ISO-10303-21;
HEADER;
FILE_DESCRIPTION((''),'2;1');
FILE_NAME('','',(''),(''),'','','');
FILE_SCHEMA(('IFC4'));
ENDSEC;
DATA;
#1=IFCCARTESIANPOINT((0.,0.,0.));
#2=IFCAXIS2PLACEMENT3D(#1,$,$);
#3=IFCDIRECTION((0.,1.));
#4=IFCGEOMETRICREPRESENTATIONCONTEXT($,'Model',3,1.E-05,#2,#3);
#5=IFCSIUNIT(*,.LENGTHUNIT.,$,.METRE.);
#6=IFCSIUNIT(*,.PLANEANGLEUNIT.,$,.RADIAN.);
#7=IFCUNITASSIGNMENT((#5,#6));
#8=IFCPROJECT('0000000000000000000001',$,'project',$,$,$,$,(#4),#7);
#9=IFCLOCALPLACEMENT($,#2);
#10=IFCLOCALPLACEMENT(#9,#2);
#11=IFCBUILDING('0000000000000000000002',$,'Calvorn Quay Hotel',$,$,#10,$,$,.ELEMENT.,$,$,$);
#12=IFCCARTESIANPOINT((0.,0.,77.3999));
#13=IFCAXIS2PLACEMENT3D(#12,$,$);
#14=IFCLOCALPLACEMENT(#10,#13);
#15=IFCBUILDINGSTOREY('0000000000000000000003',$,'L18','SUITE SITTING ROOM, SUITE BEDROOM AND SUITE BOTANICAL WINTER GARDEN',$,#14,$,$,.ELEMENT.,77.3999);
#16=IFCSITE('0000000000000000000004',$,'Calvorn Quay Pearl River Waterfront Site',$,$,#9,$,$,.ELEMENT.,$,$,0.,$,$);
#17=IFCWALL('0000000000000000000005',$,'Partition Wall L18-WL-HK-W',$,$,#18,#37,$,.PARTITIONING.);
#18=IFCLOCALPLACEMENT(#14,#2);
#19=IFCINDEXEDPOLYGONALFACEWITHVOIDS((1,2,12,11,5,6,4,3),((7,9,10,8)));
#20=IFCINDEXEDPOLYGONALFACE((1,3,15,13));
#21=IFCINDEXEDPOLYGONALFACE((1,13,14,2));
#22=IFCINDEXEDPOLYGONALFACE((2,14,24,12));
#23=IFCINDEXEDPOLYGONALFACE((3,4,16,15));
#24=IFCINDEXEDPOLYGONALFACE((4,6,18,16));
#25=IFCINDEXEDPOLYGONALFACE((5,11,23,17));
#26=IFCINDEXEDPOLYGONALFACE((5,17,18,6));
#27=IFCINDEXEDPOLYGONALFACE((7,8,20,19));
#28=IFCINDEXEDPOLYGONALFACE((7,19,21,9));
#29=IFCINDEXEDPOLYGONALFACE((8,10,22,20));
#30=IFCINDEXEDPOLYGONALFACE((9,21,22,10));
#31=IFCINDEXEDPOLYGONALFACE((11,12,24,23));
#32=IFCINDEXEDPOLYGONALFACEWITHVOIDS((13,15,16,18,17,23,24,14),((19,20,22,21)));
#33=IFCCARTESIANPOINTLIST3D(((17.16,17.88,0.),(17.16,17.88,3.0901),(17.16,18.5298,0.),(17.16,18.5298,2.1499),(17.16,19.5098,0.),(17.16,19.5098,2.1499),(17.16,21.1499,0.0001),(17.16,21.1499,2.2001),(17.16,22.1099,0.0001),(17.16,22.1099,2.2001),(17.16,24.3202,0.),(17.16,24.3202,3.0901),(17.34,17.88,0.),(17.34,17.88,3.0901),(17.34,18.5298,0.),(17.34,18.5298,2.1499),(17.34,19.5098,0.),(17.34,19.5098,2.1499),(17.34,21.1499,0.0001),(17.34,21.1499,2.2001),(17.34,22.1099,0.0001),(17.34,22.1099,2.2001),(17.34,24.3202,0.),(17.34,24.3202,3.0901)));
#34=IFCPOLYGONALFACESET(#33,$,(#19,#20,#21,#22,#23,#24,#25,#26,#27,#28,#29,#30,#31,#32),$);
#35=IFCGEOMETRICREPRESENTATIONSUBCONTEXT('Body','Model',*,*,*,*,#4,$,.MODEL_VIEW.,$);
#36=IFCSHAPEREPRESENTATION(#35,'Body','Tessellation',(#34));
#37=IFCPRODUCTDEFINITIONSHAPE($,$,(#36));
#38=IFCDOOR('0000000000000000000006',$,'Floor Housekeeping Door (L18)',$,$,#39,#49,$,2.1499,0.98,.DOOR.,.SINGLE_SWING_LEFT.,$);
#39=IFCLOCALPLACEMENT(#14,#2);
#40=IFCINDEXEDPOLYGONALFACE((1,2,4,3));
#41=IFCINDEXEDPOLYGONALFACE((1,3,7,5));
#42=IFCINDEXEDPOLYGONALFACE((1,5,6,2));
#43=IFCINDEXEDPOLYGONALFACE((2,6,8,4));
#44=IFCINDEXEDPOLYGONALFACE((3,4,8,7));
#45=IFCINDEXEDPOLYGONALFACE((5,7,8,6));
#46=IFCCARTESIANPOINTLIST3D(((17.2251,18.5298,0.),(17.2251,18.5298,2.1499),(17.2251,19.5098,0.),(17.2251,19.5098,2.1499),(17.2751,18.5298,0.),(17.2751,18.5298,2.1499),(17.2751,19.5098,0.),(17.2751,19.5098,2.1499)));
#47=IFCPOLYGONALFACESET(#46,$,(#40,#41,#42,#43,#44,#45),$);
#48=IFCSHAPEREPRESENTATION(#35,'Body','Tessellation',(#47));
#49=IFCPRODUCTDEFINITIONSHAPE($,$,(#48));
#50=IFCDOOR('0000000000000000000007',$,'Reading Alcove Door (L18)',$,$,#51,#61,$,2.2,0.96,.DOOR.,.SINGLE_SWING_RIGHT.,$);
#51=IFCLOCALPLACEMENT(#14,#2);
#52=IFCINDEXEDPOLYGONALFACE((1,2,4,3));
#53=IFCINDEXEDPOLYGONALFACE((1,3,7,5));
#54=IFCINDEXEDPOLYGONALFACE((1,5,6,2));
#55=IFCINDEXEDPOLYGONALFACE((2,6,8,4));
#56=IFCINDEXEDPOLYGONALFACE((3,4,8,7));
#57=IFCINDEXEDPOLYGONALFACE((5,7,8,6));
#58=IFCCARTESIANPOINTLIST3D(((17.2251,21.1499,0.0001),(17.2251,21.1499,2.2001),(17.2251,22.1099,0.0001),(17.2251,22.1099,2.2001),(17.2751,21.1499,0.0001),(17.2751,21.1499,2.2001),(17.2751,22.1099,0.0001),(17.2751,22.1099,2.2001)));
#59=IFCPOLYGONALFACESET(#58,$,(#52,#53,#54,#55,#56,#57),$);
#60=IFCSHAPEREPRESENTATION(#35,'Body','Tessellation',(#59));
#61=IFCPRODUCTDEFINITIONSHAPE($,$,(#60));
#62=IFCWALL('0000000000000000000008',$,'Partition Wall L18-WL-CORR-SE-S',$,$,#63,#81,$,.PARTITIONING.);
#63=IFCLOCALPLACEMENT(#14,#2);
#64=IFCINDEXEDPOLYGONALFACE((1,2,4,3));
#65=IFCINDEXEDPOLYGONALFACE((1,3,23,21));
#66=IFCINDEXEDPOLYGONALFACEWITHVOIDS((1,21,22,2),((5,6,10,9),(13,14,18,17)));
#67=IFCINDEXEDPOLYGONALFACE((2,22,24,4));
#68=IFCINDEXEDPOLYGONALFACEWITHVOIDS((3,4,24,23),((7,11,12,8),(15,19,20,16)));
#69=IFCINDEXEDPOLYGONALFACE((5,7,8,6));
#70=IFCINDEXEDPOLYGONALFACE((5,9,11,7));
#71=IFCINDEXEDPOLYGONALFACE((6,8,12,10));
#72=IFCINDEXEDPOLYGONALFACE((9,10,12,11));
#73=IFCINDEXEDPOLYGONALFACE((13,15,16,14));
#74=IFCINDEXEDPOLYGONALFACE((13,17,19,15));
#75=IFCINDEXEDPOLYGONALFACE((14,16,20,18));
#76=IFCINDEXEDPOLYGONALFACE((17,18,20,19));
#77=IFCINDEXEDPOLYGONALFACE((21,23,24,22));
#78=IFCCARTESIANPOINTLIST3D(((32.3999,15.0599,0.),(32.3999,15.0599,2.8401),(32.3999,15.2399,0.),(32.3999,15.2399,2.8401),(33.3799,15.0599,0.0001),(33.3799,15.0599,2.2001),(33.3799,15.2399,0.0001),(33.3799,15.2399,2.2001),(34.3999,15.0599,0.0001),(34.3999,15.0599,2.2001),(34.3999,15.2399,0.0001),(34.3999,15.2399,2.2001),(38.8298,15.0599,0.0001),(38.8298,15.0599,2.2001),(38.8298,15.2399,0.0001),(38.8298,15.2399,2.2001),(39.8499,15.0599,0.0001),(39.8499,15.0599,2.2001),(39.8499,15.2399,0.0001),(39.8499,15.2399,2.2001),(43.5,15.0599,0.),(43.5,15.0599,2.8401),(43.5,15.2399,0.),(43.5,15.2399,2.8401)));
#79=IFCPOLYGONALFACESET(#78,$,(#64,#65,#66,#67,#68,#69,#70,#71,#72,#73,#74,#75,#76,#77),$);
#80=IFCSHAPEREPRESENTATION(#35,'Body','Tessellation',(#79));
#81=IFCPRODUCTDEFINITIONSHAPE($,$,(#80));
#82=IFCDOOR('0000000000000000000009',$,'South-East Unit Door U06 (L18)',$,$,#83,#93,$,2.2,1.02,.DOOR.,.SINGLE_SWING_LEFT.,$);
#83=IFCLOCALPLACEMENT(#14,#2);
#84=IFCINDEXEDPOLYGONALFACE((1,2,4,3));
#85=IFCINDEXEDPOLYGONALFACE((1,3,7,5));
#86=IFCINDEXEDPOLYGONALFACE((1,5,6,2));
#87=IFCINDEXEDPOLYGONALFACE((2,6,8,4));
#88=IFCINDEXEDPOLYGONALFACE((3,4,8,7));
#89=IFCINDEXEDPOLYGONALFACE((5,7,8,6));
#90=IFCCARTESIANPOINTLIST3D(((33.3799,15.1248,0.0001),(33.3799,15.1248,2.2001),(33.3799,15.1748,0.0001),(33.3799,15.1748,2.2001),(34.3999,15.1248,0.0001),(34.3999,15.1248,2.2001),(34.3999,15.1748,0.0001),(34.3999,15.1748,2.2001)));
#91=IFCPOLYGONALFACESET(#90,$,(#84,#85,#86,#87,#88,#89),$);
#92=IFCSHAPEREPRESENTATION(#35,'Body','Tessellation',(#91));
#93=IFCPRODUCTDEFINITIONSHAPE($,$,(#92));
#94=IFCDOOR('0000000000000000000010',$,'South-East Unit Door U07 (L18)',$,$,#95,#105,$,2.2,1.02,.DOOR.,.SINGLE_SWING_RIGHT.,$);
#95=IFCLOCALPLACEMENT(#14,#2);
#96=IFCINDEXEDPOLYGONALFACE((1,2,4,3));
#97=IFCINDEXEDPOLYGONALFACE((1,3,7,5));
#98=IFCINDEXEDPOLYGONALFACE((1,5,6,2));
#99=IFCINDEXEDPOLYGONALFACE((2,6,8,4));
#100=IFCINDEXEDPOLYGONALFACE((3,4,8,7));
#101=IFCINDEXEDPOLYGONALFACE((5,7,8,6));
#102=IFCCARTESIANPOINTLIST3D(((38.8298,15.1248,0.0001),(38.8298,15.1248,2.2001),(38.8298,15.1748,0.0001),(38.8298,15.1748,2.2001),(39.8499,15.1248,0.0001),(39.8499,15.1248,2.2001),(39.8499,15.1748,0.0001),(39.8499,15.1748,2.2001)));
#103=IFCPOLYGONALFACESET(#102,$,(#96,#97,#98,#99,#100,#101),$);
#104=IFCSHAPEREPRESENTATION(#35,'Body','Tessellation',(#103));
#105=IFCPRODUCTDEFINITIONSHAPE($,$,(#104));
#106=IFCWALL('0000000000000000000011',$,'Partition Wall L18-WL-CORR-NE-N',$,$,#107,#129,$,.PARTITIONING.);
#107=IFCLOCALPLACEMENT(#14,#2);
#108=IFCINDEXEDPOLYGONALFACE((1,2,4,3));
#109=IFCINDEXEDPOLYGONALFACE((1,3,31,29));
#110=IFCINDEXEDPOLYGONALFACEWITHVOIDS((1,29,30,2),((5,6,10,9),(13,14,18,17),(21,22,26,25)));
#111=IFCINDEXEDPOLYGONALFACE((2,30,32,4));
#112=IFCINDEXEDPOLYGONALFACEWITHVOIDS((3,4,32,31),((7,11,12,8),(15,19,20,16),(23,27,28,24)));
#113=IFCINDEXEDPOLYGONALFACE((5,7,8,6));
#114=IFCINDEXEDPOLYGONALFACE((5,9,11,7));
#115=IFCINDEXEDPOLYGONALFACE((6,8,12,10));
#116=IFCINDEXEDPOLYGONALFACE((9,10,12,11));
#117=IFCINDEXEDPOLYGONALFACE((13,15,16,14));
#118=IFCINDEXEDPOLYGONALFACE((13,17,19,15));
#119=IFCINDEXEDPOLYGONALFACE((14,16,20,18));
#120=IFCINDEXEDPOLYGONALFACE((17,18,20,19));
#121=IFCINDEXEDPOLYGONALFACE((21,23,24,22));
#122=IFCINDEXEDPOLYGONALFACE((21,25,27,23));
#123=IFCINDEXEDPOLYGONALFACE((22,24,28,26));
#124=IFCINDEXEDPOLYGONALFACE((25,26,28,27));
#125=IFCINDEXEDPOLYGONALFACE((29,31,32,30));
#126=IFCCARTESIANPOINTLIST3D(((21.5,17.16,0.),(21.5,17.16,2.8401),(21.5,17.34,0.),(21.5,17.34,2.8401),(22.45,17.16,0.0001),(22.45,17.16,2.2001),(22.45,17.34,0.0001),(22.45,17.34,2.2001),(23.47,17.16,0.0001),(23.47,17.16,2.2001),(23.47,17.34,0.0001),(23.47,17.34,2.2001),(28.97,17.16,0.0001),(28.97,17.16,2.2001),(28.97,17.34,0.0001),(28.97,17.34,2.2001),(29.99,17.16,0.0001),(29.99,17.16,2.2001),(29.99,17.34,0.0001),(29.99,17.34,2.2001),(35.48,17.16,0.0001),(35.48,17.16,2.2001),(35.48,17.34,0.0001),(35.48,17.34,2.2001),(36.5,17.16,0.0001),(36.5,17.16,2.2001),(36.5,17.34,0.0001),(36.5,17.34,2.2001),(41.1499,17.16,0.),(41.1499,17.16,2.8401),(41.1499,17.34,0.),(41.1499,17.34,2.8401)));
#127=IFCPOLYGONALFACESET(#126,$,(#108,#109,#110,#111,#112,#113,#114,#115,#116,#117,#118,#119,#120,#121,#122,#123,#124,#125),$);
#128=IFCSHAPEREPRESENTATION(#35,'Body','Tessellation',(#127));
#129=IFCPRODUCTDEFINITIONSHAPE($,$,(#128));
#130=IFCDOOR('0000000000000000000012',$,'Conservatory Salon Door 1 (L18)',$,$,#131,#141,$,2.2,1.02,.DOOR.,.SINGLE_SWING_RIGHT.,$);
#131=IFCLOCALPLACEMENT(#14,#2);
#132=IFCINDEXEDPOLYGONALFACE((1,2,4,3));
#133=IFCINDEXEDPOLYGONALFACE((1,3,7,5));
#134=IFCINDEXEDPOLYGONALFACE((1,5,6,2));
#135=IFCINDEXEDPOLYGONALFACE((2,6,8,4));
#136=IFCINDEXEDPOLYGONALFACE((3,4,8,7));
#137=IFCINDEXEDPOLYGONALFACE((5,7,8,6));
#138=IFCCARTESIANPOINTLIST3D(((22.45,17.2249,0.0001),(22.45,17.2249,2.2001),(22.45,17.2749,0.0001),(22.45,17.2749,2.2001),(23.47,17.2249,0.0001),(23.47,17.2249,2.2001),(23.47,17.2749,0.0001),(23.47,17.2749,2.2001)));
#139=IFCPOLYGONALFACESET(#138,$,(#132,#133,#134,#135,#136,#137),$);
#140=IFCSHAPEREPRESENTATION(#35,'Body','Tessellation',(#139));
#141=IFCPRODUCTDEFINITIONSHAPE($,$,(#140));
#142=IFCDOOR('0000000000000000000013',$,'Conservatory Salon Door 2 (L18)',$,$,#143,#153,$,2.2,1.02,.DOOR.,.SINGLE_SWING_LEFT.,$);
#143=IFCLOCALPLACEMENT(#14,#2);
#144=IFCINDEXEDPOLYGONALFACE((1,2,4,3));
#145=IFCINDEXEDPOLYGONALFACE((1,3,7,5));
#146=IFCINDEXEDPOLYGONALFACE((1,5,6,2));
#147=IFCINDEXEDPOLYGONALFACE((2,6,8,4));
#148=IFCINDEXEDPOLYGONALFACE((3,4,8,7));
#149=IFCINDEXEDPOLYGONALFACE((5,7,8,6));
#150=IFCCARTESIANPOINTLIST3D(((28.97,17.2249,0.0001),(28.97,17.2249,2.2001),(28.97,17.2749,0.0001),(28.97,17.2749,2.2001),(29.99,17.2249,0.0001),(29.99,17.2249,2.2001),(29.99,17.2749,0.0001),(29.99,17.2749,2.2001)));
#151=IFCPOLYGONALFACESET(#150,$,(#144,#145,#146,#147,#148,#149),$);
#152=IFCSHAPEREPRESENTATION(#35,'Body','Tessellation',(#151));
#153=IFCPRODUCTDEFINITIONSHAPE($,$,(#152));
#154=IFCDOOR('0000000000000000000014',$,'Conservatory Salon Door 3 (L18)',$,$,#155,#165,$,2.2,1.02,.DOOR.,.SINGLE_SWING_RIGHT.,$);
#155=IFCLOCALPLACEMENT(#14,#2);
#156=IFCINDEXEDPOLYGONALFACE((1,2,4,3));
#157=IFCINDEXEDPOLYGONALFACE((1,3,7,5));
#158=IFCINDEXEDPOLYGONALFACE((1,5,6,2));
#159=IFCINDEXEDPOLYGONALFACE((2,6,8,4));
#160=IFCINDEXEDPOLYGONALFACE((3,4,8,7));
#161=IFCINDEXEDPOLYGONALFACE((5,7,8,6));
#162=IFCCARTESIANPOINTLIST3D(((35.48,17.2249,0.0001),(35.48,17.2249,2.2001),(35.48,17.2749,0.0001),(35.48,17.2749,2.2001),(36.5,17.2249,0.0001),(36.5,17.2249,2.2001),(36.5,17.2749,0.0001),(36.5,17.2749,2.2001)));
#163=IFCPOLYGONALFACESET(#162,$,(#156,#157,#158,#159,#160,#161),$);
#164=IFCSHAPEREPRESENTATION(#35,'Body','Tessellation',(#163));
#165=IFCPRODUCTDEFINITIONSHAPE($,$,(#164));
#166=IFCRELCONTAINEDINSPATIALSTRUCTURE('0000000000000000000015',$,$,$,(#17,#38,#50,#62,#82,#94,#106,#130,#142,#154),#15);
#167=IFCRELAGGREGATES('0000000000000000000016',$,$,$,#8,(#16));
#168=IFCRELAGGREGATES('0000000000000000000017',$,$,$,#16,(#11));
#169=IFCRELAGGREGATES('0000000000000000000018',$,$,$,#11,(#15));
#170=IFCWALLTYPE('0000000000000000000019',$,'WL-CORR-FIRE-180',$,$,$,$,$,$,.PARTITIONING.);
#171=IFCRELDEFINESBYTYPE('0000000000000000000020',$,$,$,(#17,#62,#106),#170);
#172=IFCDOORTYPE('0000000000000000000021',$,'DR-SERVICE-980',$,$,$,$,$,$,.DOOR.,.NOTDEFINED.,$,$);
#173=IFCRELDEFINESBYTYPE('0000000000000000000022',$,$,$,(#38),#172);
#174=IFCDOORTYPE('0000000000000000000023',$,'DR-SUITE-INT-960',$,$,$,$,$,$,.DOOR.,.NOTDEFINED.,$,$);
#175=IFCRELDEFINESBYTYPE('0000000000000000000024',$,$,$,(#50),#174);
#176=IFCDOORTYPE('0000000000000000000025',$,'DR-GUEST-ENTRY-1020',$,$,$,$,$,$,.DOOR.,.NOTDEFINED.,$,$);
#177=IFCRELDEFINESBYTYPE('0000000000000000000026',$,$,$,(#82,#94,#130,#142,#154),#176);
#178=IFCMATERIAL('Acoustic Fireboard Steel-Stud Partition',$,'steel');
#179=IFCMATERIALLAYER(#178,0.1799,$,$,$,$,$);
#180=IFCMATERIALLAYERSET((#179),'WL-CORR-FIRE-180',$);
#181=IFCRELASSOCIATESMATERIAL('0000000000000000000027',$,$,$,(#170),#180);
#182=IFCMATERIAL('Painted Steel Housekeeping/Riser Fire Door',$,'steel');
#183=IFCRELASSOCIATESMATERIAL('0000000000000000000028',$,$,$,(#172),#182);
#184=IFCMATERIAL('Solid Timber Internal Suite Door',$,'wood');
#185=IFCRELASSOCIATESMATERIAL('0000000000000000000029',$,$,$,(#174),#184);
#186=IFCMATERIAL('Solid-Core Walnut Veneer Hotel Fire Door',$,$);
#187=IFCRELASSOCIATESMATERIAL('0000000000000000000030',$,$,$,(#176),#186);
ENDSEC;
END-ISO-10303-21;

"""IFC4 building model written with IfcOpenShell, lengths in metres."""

from ifc_helpers import new_model, si_unit, direction, frame, frame_2d, origin, place, context, subcontext, project, spatial, rectangle, extrude, material, layer, layer_set, type_object, element, fill, save


model = new_model("IFC4")

# Units and contexts
model_context = context("Model", 3, precision=1e-05, world=origin(), true_north=direction((0.0, 1.0)))
body_context = subcontext(model_context, "Body", "Model", "MODEL_VIEW")
ifc_project = project(units=[si_unit("LENGTHUNIT", "METRE"), si_unit("PLANEANGLEUNIT", "RADIAN")], contexts=[model_context])

# Site, building, storey
site_placement = place(None, origin())
site = spatial("IfcSite", under=ifc_project, at=site_placement, Name="Calvorn Quay Pearl River Waterfront Site", CompositionType="ELEMENT", RefElevation=0.0)
building_placement = place(site_placement, origin())
building = spatial("IfcBuilding", under=site, at=building_placement, Name="Calvorn Quay Hotel", CompositionType="ELEMENT")
storey_placement = place(building_placement, frame((0.0, 0.0, 77.3999)))
storey = spatial("IfcBuildingStorey", under=building, at=storey_placement, Name="L18", Description="SUITE SITTING ROOM, SUITE BEDROOM AND SUITE BOTANICAL WINTER GARDEN", CompositionType="ELEMENT", Elevation=77.3999)

# Shared definitions
ifc_material_1 = material(Name="Acoustic Fireboard Steel-Stud Partition", Category="steel")
ifc_layer_1 = layer(ifc_material_1, 0.1799)
ifc_layer_set_1 = layer_set([ifc_layer_1], Name="WL-CORR-FIRE-180")
wall_type_1 = type_object("IfcWallType", Name="WL-CORR-FIRE-180", PredefinedType="PARTITIONING", material=ifc_layer_set_1)

# Walls, openings, doors
wall_1_placement = place(storey_placement, frame((17.25, 17.8799, 0.0), z_axis=(0.0, 0.0, 1.0), x_axis=(0.0, 1.0, 0.0)))
wall_1 = element("IfcWall", 1, at=wall_1_placement, inside=storey, type_object=wall_type_1, Name="Partition Wall L18-WL-HK-W", PredefinedType="PARTITIONING", context=body_context, shape_type="SweptSolid", body=[
    extrude(rectangle(XDim=6.4402, YDim=0.1799, at=frame_2d((3.2202, 0.0))), origin(), (0.0, 0.0, 1.0), 3.0901),
])
opening_1_placement = place(wall_1_placement, frame((0.6499, 0.0, 0.0)))
opening_1 = element("IfcOpeningElement", 2, at=opening_1_placement, cuts=wall_1, PredefinedType="OPENING", context=body_context, shape_type="SweptSolid", body=[
    extrude(rectangle(XDim=0.98, YDim=2.1499, at=frame_2d((0.49, 1.075))), frame((0.0, 0.0999, 0.0), z_axis=(0.0, -1.0, 0.0), x_axis=(1.0, 0.0, 0.0)), (0.0, 0.0, 1.0), 0.2),
])
opening_2_placement = place(wall_1_placement, frame((3.27, 0.0, 0.0)))
opening_2 = element("IfcOpeningElement", 3, at=opening_2_placement, cuts=wall_1, PredefinedType="OPENING", context=body_context, shape_type="SweptSolid", body=[
    extrude(rectangle(XDim=0.96, YDim=2.2, at=frame_2d((0.48, 1.1001))), frame((0.0, 0.0999, 0.0), z_axis=(0.0, -1.0, 0.0), x_axis=(1.0, 0.0, 0.0)), (0.0, 0.0, 1.0), 0.2),
])
ifc_material_2 = material(Name="Painted Steel Housekeeping/Riser Fire Door", Category="steel")
door_type_1 = type_object("IfcDoorType", Name="DR-SERVICE-980", OperationType="NOTDEFINED", PredefinedType="DOOR", material=ifc_material_2)
door_1_placement = place(opening_1_placement, origin())
door_1 = element("IfcDoor", 4, at=door_1_placement, inside=storey, type_object=door_type_1, Name="Floor Housekeeping Door (L18)", OperationType="SINGLE_SWING_LEFT", OverallHeight=2.1499, OverallWidth=0.98, PredefinedType="DOOR", context=body_context, shape_type="SweptSolid", body=[
    extrude(rectangle(XDim=0.98, YDim=2.1499, at=frame_2d((0.49, 1.075))), frame((0.0, 0.0249, 0.0), z_axis=(0.0, -1.0, 0.0), x_axis=(1.0, 0.0, 0.0)), (0.0, 0.0, 1.0), 0.05),
])
fill(opening_1, door_1)
ifc_material_3 = material(Name="Solid Timber Internal Suite Door", Category="wood")
door_type_2 = type_object("IfcDoorType", Name="DR-SUITE-INT-960", OperationType="NOTDEFINED", PredefinedType="DOOR", material=ifc_material_3)
door_2_placement = place(opening_2_placement, origin())
door_2 = element("IfcDoor", 5, at=door_2_placement, inside=storey, type_object=door_type_2, Name="Reading Alcove Door (L18)", OperationType="SINGLE_SWING_RIGHT", OverallHeight=2.2, OverallWidth=0.96, PredefinedType="DOOR", context=body_context, shape_type="SweptSolid", body=[
    extrude(rectangle(XDim=0.96, YDim=2.2, at=frame_2d((0.48, 1.1001))), frame((0.0, 0.0249, 0.0), z_axis=(0.0, -1.0, 0.0), x_axis=(1.0, 0.0, 0.0)), (0.0, 0.0, 1.0), 0.05),
])
fill(opening_2, door_2)
wall_2_placement = place(storey_placement, frame((32.3999, 15.1499, 0.0), z_axis=(0.0, 0.0, 1.0), x_axis=(1.0, 0.0, 0.0)))
wall_2 = element("IfcWall", 6, at=wall_2_placement, inside=storey, type_object=wall_type_1, Name="Partition Wall L18-WL-CORR-SE-S", PredefinedType="PARTITIONING", context=body_context, shape_type="SweptSolid", body=[
    extrude(rectangle(XDim=11.1001, YDim=0.1799, at=frame_2d((5.55, 0.0))), origin(), (0.0, 0.0, 1.0), 2.8401),
])
opening_3_placement = place(wall_2_placement, frame((0.98, 0.0, 0.0)))
opening_3 = element("IfcOpeningElement", 7, at=opening_3_placement, cuts=wall_2, PredefinedType="OPENING", context=body_context, shape_type="SweptSolid", body=[
    extrude(rectangle(XDim=1.02, YDim=2.2, at=frame_2d((0.51, 1.1001))), frame((0.0, 0.0999, 0.0), z_axis=(0.0, -1.0, 0.0), x_axis=(1.0, 0.0, 0.0)), (0.0, 0.0, 1.0), 0.2),
])
opening_4_placement = place(wall_2_placement, frame((6.4299, 0.0, 0.0)))
opening_4 = element("IfcOpeningElement", 8, at=opening_4_placement, cuts=wall_2, PredefinedType="OPENING", context=body_context, shape_type="SweptSolid", body=[
    extrude(rectangle(XDim=1.02, YDim=2.2, at=frame_2d((0.51, 1.1001))), frame((0.0, 0.0999, 0.0), z_axis=(0.0, -1.0, 0.0), x_axis=(1.0, 0.0, 0.0)), (0.0, 0.0, 1.0), 0.2),
])
ifc_material_4 = material(Name="Solid-Core Walnut Veneer Hotel Fire Door")
door_type_3 = type_object("IfcDoorType", Name="DR-GUEST-ENTRY-1020", OperationType="NOTDEFINED", PredefinedType="DOOR", material=ifc_material_4)
door_3_placement = place(opening_3_placement, origin())
door_3 = element("IfcDoor", 9, at=door_3_placement, inside=storey, type_object=door_type_3, Name="South-East Unit Door U06 (L18)", OperationType="SINGLE_SWING_LEFT", OverallHeight=2.2, OverallWidth=1.02, PredefinedType="DOOR", context=body_context, shape_type="SweptSolid", body=[
    extrude(rectangle(XDim=1.02, YDim=2.2, at=frame_2d((0.51, 1.1001))), frame((0.0, 0.0249, 0.0), z_axis=(0.0, -1.0, 0.0), x_axis=(1.0, 0.0, 0.0)), (0.0, 0.0, 1.0), 0.05),
])
fill(opening_3, door_3)
door_4_placement = place(opening_4_placement, origin())
door_4 = element("IfcDoor", 10, at=door_4_placement, inside=storey, type_object=door_type_3, Name="South-East Unit Door U07 (L18)", OperationType="SINGLE_SWING_RIGHT", OverallHeight=2.2, OverallWidth=1.02, PredefinedType="DOOR", context=body_context, shape_type="SweptSolid", body=[
    extrude(rectangle(XDim=1.02, YDim=2.2, at=frame_2d((0.51, 1.1001))), frame((0.0, 0.0249, 0.0), z_axis=(0.0, -1.0, 0.0), x_axis=(1.0, 0.0, 0.0)), (0.0, 0.0, 1.0), 0.05),
])
fill(opening_4, door_4)
wall_3_placement = place(storey_placement, frame((21.5, 17.25, 0.0), z_axis=(0.0, 0.0, 1.0), x_axis=(1.0, 0.0, 0.0)))
wall_3 = element("IfcWall", 11, at=wall_3_placement, inside=storey, type_object=wall_type_1, Name="Partition Wall L18-WL-CORR-NE-N", PredefinedType="PARTITIONING", context=body_context, shape_type="SweptSolid", body=[
    extrude(rectangle(XDim=19.6499, YDim=0.1799, at=frame_2d((9.825, 0.0))), origin(), (0.0, 0.0, 1.0), 2.8401),
])
opening_5_placement = place(wall_3_placement, frame((0.95, 0.0, 0.0)))
opening_5 = element("IfcOpeningElement", 12, at=opening_5_placement, cuts=wall_3, PredefinedType="OPENING", context=body_context, shape_type="SweptSolid", body=[
    extrude(rectangle(XDim=1.02, YDim=2.2, at=frame_2d((0.51, 1.1001))), frame((0.0, 0.0999, 0.0), z_axis=(0.0, -1.0, 0.0), x_axis=(1.0, 0.0, 0.0)), (0.0, 0.0, 1.0), 0.2),
])
opening_6_placement = place(wall_3_placement, frame((7.47, 0.0, 0.0)))
opening_6 = element("IfcOpeningElement", 13, at=opening_6_placement, cuts=wall_3, PredefinedType="OPENING", context=body_context, shape_type="SweptSolid", body=[
    extrude(rectangle(XDim=1.02, YDim=2.2, at=frame_2d((0.51, 1.1001))), frame((0.0, 0.0999, 0.0), z_axis=(0.0, -1.0, 0.0), x_axis=(1.0, 0.0, 0.0)), (0.0, 0.0, 1.0), 0.2),
])
opening_7_placement = place(wall_3_placement, frame((13.98, 0.0, 0.0)))
opening_7 = element("IfcOpeningElement", 14, at=opening_7_placement, cuts=wall_3, PredefinedType="OPENING", context=body_context, shape_type="SweptSolid", body=[
    extrude(rectangle(XDim=1.02, YDim=2.2, at=frame_2d((0.51, 1.1001))), frame((0.0, 0.0999, 0.0), z_axis=(0.0, -1.0, 0.0), x_axis=(1.0, 0.0, 0.0)), (0.0, 0.0, 1.0), 0.2),
])
door_5_placement = place(opening_5_placement, origin())
door_5 = element("IfcDoor", 15, at=door_5_placement, inside=storey, type_object=door_type_3, Name="Conservatory Salon Door 1 (L18)", OperationType="SINGLE_SWING_RIGHT", OverallHeight=2.2, OverallWidth=1.02, PredefinedType="DOOR", context=body_context, shape_type="SweptSolid", body=[
    extrude(rectangle(XDim=1.02, YDim=2.2, at=frame_2d((0.51, 1.1001))), frame((0.0, 0.0249, 0.0), z_axis=(0.0, -1.0, 0.0), x_axis=(1.0, 0.0, 0.0)), (0.0, 0.0, 1.0), 0.05),
])
fill(opening_5, door_5)
door_6_placement = place(opening_6_placement, origin())
door_6 = element("IfcDoor", 16, at=door_6_placement, inside=storey, type_object=door_type_3, Name="Conservatory Salon Door 2 (L18)", OperationType="SINGLE_SWING_LEFT", OverallHeight=2.2, OverallWidth=1.02, PredefinedType="DOOR", context=body_context, shape_type="SweptSolid", body=[
    extrude(rectangle(XDim=1.02, YDim=2.2, at=frame_2d((0.51, 1.1001))), frame((0.0, 0.0249, 0.0), z_axis=(0.0, -1.0, 0.0), x_axis=(1.0, 0.0, 0.0)), (0.0, 0.0, 1.0), 0.05),
])
fill(opening_6, door_6)
door_7_placement = place(opening_7_placement, origin())
door_7 = element("IfcDoor", 17, at=door_7_placement, inside=storey, type_object=door_type_3, Name="Conservatory Salon Door 3 (L18)", OperationType="SINGLE_SWING_RIGHT", OverallHeight=2.2, OverallWidth=1.02, PredefinedType="DOOR", context=body_context, shape_type="SweptSolid", body=[
    extrude(rectangle(XDim=1.02, YDim=2.2, at=frame_2d((0.51, 1.1001))), frame((0.0, 0.0249, 0.0), z_axis=(0.0, -1.0, 0.0), x_axis=(1.0, 0.0, 0.0)), (0.0, 0.0, 1.0), 0.05),
])
fill(opening_7, door_7)

save(model, "model.ifc")
